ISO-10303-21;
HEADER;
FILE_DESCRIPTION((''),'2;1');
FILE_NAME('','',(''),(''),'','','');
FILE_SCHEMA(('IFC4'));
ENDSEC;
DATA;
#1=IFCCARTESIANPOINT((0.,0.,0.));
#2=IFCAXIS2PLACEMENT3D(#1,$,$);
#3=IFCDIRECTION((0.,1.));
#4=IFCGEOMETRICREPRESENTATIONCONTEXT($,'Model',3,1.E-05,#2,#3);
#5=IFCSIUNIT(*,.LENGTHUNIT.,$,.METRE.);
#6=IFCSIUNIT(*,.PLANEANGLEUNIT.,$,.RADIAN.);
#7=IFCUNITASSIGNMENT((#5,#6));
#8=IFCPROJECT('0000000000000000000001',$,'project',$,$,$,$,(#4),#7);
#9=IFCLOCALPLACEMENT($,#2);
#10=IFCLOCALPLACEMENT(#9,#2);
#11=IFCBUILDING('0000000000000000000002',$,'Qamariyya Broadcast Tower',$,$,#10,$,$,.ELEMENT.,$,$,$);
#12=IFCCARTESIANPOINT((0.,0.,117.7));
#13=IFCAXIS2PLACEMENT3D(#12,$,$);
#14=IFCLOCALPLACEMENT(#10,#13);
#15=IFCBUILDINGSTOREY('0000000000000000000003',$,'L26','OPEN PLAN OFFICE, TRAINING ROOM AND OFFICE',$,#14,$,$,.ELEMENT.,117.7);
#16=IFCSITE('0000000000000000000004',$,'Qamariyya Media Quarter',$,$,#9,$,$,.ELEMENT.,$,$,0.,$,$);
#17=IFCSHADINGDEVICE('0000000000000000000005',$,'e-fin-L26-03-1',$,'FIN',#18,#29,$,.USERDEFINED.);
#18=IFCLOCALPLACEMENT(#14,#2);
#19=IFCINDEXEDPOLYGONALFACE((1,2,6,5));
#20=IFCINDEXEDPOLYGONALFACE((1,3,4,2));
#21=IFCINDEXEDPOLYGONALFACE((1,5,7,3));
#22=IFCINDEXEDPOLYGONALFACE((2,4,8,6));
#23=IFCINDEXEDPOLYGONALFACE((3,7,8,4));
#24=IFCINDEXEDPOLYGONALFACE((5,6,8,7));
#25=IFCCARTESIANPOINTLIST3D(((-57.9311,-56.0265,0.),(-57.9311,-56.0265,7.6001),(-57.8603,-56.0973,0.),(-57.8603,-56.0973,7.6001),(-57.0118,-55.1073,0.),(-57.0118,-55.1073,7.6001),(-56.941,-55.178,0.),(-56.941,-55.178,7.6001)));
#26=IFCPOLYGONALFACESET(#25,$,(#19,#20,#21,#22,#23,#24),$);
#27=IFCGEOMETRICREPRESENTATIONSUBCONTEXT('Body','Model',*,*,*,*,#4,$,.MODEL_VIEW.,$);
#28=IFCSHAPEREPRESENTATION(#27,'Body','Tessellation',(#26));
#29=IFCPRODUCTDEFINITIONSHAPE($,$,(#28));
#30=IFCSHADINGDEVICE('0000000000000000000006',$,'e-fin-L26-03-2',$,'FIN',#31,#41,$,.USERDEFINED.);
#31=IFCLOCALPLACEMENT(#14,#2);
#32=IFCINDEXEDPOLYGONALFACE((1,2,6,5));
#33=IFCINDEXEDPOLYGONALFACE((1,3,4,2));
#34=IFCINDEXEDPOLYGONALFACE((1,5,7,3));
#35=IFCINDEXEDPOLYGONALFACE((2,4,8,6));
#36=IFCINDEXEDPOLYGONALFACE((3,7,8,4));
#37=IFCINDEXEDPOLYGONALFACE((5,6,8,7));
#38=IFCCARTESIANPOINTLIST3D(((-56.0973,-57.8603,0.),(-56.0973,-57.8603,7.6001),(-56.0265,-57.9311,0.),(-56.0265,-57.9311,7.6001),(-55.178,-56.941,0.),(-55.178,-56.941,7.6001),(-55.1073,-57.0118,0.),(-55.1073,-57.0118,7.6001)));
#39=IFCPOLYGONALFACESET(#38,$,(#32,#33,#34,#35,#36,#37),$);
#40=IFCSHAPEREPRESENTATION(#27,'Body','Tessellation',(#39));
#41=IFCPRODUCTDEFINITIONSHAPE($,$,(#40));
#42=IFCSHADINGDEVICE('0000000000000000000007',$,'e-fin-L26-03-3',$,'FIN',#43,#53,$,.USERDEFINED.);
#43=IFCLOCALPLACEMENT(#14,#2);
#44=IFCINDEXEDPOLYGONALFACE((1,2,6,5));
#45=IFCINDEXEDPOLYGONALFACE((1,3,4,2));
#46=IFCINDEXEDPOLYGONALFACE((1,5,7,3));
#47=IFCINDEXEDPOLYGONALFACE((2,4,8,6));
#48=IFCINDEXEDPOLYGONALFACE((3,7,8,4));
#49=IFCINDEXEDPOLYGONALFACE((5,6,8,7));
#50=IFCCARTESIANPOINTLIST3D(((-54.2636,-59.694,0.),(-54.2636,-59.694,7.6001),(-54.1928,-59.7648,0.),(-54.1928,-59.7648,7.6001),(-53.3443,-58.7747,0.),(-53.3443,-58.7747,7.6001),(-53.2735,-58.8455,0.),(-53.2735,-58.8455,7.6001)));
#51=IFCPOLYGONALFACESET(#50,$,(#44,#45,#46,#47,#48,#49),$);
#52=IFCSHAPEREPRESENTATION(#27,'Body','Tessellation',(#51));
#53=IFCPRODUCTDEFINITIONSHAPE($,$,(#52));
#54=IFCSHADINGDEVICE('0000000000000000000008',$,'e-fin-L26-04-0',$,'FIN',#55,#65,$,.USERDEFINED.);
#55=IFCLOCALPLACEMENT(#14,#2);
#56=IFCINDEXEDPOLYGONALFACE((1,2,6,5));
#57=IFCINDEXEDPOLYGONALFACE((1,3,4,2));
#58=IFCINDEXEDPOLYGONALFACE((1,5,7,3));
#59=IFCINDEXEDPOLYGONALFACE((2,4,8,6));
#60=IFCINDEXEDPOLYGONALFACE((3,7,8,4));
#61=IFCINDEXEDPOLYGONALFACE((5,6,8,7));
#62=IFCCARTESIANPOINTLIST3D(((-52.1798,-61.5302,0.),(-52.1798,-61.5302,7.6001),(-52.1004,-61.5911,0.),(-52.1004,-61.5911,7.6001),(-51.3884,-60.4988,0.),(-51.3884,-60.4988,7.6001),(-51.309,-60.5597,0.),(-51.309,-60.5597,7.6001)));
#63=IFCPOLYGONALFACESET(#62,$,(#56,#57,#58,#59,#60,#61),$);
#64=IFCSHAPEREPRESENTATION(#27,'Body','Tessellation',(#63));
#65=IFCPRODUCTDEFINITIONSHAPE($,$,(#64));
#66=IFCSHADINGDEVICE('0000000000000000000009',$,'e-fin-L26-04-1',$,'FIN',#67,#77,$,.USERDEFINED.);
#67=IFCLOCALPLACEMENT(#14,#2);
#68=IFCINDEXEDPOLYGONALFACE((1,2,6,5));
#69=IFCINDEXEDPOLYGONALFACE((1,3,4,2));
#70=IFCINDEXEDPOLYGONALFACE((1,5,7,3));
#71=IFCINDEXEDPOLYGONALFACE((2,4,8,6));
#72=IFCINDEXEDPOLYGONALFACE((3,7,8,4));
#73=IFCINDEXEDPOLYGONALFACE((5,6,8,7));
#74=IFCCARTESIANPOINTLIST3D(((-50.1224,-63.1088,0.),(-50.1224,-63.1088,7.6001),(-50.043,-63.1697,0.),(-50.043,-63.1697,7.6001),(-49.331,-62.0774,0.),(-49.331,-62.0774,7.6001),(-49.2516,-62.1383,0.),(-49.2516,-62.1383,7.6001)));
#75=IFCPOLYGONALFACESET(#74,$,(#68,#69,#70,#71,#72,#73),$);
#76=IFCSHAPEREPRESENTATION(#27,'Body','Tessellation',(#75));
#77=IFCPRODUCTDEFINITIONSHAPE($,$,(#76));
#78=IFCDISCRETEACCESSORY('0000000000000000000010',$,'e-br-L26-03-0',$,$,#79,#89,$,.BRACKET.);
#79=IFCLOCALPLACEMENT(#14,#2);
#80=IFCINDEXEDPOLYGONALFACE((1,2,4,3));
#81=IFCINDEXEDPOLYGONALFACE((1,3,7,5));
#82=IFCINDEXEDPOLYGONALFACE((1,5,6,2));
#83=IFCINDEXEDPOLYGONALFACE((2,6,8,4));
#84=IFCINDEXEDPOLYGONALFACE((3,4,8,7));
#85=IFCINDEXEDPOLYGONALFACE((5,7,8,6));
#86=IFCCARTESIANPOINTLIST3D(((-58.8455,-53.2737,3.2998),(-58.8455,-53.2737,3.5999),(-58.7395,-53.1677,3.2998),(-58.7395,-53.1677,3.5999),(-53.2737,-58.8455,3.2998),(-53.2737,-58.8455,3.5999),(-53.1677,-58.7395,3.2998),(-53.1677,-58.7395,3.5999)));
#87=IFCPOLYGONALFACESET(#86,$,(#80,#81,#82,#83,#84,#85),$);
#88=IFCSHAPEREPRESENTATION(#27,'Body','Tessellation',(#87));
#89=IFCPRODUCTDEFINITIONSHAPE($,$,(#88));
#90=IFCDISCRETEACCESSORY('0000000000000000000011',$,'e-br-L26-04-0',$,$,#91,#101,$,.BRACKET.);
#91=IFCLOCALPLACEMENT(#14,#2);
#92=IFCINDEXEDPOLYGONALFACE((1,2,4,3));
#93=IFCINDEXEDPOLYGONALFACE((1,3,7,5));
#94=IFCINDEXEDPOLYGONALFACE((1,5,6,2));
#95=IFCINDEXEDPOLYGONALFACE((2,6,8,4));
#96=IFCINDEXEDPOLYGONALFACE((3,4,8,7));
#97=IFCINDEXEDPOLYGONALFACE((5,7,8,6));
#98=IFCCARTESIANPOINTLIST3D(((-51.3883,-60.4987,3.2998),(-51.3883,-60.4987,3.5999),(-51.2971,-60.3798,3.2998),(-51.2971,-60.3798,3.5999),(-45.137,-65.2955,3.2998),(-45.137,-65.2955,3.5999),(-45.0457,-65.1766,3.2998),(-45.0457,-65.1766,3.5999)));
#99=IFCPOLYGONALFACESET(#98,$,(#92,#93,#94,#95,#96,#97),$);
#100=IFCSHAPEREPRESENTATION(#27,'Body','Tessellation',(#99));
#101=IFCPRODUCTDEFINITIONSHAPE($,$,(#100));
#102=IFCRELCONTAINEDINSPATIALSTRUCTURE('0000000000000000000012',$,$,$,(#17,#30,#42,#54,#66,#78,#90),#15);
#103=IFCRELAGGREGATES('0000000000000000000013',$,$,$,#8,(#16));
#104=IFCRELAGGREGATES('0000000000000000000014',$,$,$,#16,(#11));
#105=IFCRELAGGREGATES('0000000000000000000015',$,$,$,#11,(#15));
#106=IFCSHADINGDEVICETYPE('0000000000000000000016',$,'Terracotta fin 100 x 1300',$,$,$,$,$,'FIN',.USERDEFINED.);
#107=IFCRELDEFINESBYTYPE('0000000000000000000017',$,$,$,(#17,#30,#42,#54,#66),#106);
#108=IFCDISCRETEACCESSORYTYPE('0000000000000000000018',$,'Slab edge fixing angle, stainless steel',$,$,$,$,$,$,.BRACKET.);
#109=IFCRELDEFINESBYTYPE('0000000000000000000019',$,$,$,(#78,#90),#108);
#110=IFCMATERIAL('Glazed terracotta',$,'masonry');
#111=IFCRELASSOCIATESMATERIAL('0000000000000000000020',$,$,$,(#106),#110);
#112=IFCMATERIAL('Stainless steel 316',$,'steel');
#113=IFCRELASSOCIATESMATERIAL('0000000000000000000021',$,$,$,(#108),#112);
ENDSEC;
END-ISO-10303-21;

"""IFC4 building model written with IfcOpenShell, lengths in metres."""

from ifc_helpers import new_model, si_unit, direction, frame, origin, origin_2d, place, context, subcontext, project, spatial, rectangle, extrude, material, material_profile, profile_set, type_object, element, save


model = new_model("IFC4")

# Units and contexts
model_context = context("Model", 3, precision=1e-05, world=origin(), true_north=direction((0.0, 1.0)))
body_context = subcontext(model_context, "Body", "Model", "MODEL_VIEW")
ifc_project = project(units=[si_unit("LENGTHUNIT", "METRE"), si_unit("PLANEANGLEUNIT", "RADIAN")], contexts=[model_context])

# Site, building, storey
site_placement = place(None, origin())
site = spatial("IfcSite", under=ifc_project, at=site_placement, Name="Qamariyya Media Quarter", CompositionType="ELEMENT", RefElevation=0.0)
building_placement = place(site_placement, origin())
building = spatial("IfcBuilding", under=site, at=building_placement, Name="Qamariyya Broadcast Tower", CompositionType="ELEMENT")
storey_placement = place(building_placement, frame((0.0, 0.0, 117.7)))
storey = spatial("IfcBuildingStorey", under=building, at=storey_placement, Name="L26", Description="OPEN PLAN OFFICE, TRAINING ROOM AND OFFICE", CompositionType="ELEMENT", Elevation=117.7)

# Shading devices
ifc_material_1 = material(Name="Glazed terracotta", Category="masonry")
ifc_material_profile_1 = material_profile(ifc_material_1, rectangle(XDim=1.3, YDim=0.1001, at=origin_2d()))
ifc_profile_set_1 = profile_set([ifc_material_profile_1], Name="Glazed terracotta")
shading_device_type_1 = type_object("IfcShadingDeviceType", Name="Terracotta fin 100 x 1300", ElementType="FIN", PredefinedType="USERDEFINED", material=ifc_profile_set_1)
for number, where, z_axis, x_axis, name in (
    (1, (-57.436, -55.6023, 0.0), (0.0, 0.0, 1.0), (-0.707107, -0.707107, 0.0), "e-fin-L26-03-1"),
    (2, (-55.6023, -57.436, 0.0), (0.0, 0.0, 1.0), (-0.707107, -0.707107, 0.0), "e-fin-L26-03-2"),
    (3, (-53.7686, -59.2698, 0.0), (0.0, 0.0, 1.0), (-0.707107, -0.707107, 0.0), "e-fin-L26-03-3"),
    (4, (-51.7444, -61.0449, 0.0), (0.0, 0.0, 1.0), (-0.608761, -0.793353, 0.0), "e-fin-L26-04-0"),
    (5, (-49.687, -62.6235, 0.0), (0.0, 0.0, 1.0), (-0.608761, -0.793353, 0.0), "e-fin-L26-04-1"),
):
    element("IfcShadingDevice", number, at=place(storey_placement, frame(where, z_axis=z_axis, x_axis=x_axis)), inside=storey, type_object=shading_device_type_1, Name=name, ObjectType="FIN", PredefinedType="USERDEFINED", context=body_context, shape_type="SweptSolid", body=[
        extrude(rectangle(XDim=1.3, YDim=0.1001, at=origin_2d()), origin(), (0.0, 0.0, 1.0), 7.6001),
    ])

# Discrete accessories
ifc_material_2 = material(Name="Stainless steel 316", Category="steel")
discrete_accessory_type = type_object("IfcDiscreteAccessoryType", Name="Slab edge fixing angle, stainless steel", PredefinedType="BRACKET", material=ifc_material_2)
for number, where, z_axis, x_axis, name in (
    (6, (-56.0066, -56.0066, 3.2998), (0.0, 0.0, 1.0), (0.707107, -0.707107, 0.0), "e-br-L26-03-0"),
    (7, (-48.217, -62.8376, 3.2998), (0.0, 0.0, 1.0), (0.793353, -0.608761, 0.0), "e-br-L26-04-0"),
):
    element("IfcDiscreteAccessory", number, at=place(storey_placement, frame(where, z_axis=z_axis, x_axis=x_axis)), inside=storey, type_object=discrete_accessory_type, Name=name, PredefinedType="BRACKET", context=body_context, shape_type="SweptSolid", body=[
        extrude(rectangle(XDim=7.8796, YDim=0.1499, at=origin_2d()), origin(), (0.0, 0.0, 1.0), 0.3),
    ])

save(model, "model.ifc")
